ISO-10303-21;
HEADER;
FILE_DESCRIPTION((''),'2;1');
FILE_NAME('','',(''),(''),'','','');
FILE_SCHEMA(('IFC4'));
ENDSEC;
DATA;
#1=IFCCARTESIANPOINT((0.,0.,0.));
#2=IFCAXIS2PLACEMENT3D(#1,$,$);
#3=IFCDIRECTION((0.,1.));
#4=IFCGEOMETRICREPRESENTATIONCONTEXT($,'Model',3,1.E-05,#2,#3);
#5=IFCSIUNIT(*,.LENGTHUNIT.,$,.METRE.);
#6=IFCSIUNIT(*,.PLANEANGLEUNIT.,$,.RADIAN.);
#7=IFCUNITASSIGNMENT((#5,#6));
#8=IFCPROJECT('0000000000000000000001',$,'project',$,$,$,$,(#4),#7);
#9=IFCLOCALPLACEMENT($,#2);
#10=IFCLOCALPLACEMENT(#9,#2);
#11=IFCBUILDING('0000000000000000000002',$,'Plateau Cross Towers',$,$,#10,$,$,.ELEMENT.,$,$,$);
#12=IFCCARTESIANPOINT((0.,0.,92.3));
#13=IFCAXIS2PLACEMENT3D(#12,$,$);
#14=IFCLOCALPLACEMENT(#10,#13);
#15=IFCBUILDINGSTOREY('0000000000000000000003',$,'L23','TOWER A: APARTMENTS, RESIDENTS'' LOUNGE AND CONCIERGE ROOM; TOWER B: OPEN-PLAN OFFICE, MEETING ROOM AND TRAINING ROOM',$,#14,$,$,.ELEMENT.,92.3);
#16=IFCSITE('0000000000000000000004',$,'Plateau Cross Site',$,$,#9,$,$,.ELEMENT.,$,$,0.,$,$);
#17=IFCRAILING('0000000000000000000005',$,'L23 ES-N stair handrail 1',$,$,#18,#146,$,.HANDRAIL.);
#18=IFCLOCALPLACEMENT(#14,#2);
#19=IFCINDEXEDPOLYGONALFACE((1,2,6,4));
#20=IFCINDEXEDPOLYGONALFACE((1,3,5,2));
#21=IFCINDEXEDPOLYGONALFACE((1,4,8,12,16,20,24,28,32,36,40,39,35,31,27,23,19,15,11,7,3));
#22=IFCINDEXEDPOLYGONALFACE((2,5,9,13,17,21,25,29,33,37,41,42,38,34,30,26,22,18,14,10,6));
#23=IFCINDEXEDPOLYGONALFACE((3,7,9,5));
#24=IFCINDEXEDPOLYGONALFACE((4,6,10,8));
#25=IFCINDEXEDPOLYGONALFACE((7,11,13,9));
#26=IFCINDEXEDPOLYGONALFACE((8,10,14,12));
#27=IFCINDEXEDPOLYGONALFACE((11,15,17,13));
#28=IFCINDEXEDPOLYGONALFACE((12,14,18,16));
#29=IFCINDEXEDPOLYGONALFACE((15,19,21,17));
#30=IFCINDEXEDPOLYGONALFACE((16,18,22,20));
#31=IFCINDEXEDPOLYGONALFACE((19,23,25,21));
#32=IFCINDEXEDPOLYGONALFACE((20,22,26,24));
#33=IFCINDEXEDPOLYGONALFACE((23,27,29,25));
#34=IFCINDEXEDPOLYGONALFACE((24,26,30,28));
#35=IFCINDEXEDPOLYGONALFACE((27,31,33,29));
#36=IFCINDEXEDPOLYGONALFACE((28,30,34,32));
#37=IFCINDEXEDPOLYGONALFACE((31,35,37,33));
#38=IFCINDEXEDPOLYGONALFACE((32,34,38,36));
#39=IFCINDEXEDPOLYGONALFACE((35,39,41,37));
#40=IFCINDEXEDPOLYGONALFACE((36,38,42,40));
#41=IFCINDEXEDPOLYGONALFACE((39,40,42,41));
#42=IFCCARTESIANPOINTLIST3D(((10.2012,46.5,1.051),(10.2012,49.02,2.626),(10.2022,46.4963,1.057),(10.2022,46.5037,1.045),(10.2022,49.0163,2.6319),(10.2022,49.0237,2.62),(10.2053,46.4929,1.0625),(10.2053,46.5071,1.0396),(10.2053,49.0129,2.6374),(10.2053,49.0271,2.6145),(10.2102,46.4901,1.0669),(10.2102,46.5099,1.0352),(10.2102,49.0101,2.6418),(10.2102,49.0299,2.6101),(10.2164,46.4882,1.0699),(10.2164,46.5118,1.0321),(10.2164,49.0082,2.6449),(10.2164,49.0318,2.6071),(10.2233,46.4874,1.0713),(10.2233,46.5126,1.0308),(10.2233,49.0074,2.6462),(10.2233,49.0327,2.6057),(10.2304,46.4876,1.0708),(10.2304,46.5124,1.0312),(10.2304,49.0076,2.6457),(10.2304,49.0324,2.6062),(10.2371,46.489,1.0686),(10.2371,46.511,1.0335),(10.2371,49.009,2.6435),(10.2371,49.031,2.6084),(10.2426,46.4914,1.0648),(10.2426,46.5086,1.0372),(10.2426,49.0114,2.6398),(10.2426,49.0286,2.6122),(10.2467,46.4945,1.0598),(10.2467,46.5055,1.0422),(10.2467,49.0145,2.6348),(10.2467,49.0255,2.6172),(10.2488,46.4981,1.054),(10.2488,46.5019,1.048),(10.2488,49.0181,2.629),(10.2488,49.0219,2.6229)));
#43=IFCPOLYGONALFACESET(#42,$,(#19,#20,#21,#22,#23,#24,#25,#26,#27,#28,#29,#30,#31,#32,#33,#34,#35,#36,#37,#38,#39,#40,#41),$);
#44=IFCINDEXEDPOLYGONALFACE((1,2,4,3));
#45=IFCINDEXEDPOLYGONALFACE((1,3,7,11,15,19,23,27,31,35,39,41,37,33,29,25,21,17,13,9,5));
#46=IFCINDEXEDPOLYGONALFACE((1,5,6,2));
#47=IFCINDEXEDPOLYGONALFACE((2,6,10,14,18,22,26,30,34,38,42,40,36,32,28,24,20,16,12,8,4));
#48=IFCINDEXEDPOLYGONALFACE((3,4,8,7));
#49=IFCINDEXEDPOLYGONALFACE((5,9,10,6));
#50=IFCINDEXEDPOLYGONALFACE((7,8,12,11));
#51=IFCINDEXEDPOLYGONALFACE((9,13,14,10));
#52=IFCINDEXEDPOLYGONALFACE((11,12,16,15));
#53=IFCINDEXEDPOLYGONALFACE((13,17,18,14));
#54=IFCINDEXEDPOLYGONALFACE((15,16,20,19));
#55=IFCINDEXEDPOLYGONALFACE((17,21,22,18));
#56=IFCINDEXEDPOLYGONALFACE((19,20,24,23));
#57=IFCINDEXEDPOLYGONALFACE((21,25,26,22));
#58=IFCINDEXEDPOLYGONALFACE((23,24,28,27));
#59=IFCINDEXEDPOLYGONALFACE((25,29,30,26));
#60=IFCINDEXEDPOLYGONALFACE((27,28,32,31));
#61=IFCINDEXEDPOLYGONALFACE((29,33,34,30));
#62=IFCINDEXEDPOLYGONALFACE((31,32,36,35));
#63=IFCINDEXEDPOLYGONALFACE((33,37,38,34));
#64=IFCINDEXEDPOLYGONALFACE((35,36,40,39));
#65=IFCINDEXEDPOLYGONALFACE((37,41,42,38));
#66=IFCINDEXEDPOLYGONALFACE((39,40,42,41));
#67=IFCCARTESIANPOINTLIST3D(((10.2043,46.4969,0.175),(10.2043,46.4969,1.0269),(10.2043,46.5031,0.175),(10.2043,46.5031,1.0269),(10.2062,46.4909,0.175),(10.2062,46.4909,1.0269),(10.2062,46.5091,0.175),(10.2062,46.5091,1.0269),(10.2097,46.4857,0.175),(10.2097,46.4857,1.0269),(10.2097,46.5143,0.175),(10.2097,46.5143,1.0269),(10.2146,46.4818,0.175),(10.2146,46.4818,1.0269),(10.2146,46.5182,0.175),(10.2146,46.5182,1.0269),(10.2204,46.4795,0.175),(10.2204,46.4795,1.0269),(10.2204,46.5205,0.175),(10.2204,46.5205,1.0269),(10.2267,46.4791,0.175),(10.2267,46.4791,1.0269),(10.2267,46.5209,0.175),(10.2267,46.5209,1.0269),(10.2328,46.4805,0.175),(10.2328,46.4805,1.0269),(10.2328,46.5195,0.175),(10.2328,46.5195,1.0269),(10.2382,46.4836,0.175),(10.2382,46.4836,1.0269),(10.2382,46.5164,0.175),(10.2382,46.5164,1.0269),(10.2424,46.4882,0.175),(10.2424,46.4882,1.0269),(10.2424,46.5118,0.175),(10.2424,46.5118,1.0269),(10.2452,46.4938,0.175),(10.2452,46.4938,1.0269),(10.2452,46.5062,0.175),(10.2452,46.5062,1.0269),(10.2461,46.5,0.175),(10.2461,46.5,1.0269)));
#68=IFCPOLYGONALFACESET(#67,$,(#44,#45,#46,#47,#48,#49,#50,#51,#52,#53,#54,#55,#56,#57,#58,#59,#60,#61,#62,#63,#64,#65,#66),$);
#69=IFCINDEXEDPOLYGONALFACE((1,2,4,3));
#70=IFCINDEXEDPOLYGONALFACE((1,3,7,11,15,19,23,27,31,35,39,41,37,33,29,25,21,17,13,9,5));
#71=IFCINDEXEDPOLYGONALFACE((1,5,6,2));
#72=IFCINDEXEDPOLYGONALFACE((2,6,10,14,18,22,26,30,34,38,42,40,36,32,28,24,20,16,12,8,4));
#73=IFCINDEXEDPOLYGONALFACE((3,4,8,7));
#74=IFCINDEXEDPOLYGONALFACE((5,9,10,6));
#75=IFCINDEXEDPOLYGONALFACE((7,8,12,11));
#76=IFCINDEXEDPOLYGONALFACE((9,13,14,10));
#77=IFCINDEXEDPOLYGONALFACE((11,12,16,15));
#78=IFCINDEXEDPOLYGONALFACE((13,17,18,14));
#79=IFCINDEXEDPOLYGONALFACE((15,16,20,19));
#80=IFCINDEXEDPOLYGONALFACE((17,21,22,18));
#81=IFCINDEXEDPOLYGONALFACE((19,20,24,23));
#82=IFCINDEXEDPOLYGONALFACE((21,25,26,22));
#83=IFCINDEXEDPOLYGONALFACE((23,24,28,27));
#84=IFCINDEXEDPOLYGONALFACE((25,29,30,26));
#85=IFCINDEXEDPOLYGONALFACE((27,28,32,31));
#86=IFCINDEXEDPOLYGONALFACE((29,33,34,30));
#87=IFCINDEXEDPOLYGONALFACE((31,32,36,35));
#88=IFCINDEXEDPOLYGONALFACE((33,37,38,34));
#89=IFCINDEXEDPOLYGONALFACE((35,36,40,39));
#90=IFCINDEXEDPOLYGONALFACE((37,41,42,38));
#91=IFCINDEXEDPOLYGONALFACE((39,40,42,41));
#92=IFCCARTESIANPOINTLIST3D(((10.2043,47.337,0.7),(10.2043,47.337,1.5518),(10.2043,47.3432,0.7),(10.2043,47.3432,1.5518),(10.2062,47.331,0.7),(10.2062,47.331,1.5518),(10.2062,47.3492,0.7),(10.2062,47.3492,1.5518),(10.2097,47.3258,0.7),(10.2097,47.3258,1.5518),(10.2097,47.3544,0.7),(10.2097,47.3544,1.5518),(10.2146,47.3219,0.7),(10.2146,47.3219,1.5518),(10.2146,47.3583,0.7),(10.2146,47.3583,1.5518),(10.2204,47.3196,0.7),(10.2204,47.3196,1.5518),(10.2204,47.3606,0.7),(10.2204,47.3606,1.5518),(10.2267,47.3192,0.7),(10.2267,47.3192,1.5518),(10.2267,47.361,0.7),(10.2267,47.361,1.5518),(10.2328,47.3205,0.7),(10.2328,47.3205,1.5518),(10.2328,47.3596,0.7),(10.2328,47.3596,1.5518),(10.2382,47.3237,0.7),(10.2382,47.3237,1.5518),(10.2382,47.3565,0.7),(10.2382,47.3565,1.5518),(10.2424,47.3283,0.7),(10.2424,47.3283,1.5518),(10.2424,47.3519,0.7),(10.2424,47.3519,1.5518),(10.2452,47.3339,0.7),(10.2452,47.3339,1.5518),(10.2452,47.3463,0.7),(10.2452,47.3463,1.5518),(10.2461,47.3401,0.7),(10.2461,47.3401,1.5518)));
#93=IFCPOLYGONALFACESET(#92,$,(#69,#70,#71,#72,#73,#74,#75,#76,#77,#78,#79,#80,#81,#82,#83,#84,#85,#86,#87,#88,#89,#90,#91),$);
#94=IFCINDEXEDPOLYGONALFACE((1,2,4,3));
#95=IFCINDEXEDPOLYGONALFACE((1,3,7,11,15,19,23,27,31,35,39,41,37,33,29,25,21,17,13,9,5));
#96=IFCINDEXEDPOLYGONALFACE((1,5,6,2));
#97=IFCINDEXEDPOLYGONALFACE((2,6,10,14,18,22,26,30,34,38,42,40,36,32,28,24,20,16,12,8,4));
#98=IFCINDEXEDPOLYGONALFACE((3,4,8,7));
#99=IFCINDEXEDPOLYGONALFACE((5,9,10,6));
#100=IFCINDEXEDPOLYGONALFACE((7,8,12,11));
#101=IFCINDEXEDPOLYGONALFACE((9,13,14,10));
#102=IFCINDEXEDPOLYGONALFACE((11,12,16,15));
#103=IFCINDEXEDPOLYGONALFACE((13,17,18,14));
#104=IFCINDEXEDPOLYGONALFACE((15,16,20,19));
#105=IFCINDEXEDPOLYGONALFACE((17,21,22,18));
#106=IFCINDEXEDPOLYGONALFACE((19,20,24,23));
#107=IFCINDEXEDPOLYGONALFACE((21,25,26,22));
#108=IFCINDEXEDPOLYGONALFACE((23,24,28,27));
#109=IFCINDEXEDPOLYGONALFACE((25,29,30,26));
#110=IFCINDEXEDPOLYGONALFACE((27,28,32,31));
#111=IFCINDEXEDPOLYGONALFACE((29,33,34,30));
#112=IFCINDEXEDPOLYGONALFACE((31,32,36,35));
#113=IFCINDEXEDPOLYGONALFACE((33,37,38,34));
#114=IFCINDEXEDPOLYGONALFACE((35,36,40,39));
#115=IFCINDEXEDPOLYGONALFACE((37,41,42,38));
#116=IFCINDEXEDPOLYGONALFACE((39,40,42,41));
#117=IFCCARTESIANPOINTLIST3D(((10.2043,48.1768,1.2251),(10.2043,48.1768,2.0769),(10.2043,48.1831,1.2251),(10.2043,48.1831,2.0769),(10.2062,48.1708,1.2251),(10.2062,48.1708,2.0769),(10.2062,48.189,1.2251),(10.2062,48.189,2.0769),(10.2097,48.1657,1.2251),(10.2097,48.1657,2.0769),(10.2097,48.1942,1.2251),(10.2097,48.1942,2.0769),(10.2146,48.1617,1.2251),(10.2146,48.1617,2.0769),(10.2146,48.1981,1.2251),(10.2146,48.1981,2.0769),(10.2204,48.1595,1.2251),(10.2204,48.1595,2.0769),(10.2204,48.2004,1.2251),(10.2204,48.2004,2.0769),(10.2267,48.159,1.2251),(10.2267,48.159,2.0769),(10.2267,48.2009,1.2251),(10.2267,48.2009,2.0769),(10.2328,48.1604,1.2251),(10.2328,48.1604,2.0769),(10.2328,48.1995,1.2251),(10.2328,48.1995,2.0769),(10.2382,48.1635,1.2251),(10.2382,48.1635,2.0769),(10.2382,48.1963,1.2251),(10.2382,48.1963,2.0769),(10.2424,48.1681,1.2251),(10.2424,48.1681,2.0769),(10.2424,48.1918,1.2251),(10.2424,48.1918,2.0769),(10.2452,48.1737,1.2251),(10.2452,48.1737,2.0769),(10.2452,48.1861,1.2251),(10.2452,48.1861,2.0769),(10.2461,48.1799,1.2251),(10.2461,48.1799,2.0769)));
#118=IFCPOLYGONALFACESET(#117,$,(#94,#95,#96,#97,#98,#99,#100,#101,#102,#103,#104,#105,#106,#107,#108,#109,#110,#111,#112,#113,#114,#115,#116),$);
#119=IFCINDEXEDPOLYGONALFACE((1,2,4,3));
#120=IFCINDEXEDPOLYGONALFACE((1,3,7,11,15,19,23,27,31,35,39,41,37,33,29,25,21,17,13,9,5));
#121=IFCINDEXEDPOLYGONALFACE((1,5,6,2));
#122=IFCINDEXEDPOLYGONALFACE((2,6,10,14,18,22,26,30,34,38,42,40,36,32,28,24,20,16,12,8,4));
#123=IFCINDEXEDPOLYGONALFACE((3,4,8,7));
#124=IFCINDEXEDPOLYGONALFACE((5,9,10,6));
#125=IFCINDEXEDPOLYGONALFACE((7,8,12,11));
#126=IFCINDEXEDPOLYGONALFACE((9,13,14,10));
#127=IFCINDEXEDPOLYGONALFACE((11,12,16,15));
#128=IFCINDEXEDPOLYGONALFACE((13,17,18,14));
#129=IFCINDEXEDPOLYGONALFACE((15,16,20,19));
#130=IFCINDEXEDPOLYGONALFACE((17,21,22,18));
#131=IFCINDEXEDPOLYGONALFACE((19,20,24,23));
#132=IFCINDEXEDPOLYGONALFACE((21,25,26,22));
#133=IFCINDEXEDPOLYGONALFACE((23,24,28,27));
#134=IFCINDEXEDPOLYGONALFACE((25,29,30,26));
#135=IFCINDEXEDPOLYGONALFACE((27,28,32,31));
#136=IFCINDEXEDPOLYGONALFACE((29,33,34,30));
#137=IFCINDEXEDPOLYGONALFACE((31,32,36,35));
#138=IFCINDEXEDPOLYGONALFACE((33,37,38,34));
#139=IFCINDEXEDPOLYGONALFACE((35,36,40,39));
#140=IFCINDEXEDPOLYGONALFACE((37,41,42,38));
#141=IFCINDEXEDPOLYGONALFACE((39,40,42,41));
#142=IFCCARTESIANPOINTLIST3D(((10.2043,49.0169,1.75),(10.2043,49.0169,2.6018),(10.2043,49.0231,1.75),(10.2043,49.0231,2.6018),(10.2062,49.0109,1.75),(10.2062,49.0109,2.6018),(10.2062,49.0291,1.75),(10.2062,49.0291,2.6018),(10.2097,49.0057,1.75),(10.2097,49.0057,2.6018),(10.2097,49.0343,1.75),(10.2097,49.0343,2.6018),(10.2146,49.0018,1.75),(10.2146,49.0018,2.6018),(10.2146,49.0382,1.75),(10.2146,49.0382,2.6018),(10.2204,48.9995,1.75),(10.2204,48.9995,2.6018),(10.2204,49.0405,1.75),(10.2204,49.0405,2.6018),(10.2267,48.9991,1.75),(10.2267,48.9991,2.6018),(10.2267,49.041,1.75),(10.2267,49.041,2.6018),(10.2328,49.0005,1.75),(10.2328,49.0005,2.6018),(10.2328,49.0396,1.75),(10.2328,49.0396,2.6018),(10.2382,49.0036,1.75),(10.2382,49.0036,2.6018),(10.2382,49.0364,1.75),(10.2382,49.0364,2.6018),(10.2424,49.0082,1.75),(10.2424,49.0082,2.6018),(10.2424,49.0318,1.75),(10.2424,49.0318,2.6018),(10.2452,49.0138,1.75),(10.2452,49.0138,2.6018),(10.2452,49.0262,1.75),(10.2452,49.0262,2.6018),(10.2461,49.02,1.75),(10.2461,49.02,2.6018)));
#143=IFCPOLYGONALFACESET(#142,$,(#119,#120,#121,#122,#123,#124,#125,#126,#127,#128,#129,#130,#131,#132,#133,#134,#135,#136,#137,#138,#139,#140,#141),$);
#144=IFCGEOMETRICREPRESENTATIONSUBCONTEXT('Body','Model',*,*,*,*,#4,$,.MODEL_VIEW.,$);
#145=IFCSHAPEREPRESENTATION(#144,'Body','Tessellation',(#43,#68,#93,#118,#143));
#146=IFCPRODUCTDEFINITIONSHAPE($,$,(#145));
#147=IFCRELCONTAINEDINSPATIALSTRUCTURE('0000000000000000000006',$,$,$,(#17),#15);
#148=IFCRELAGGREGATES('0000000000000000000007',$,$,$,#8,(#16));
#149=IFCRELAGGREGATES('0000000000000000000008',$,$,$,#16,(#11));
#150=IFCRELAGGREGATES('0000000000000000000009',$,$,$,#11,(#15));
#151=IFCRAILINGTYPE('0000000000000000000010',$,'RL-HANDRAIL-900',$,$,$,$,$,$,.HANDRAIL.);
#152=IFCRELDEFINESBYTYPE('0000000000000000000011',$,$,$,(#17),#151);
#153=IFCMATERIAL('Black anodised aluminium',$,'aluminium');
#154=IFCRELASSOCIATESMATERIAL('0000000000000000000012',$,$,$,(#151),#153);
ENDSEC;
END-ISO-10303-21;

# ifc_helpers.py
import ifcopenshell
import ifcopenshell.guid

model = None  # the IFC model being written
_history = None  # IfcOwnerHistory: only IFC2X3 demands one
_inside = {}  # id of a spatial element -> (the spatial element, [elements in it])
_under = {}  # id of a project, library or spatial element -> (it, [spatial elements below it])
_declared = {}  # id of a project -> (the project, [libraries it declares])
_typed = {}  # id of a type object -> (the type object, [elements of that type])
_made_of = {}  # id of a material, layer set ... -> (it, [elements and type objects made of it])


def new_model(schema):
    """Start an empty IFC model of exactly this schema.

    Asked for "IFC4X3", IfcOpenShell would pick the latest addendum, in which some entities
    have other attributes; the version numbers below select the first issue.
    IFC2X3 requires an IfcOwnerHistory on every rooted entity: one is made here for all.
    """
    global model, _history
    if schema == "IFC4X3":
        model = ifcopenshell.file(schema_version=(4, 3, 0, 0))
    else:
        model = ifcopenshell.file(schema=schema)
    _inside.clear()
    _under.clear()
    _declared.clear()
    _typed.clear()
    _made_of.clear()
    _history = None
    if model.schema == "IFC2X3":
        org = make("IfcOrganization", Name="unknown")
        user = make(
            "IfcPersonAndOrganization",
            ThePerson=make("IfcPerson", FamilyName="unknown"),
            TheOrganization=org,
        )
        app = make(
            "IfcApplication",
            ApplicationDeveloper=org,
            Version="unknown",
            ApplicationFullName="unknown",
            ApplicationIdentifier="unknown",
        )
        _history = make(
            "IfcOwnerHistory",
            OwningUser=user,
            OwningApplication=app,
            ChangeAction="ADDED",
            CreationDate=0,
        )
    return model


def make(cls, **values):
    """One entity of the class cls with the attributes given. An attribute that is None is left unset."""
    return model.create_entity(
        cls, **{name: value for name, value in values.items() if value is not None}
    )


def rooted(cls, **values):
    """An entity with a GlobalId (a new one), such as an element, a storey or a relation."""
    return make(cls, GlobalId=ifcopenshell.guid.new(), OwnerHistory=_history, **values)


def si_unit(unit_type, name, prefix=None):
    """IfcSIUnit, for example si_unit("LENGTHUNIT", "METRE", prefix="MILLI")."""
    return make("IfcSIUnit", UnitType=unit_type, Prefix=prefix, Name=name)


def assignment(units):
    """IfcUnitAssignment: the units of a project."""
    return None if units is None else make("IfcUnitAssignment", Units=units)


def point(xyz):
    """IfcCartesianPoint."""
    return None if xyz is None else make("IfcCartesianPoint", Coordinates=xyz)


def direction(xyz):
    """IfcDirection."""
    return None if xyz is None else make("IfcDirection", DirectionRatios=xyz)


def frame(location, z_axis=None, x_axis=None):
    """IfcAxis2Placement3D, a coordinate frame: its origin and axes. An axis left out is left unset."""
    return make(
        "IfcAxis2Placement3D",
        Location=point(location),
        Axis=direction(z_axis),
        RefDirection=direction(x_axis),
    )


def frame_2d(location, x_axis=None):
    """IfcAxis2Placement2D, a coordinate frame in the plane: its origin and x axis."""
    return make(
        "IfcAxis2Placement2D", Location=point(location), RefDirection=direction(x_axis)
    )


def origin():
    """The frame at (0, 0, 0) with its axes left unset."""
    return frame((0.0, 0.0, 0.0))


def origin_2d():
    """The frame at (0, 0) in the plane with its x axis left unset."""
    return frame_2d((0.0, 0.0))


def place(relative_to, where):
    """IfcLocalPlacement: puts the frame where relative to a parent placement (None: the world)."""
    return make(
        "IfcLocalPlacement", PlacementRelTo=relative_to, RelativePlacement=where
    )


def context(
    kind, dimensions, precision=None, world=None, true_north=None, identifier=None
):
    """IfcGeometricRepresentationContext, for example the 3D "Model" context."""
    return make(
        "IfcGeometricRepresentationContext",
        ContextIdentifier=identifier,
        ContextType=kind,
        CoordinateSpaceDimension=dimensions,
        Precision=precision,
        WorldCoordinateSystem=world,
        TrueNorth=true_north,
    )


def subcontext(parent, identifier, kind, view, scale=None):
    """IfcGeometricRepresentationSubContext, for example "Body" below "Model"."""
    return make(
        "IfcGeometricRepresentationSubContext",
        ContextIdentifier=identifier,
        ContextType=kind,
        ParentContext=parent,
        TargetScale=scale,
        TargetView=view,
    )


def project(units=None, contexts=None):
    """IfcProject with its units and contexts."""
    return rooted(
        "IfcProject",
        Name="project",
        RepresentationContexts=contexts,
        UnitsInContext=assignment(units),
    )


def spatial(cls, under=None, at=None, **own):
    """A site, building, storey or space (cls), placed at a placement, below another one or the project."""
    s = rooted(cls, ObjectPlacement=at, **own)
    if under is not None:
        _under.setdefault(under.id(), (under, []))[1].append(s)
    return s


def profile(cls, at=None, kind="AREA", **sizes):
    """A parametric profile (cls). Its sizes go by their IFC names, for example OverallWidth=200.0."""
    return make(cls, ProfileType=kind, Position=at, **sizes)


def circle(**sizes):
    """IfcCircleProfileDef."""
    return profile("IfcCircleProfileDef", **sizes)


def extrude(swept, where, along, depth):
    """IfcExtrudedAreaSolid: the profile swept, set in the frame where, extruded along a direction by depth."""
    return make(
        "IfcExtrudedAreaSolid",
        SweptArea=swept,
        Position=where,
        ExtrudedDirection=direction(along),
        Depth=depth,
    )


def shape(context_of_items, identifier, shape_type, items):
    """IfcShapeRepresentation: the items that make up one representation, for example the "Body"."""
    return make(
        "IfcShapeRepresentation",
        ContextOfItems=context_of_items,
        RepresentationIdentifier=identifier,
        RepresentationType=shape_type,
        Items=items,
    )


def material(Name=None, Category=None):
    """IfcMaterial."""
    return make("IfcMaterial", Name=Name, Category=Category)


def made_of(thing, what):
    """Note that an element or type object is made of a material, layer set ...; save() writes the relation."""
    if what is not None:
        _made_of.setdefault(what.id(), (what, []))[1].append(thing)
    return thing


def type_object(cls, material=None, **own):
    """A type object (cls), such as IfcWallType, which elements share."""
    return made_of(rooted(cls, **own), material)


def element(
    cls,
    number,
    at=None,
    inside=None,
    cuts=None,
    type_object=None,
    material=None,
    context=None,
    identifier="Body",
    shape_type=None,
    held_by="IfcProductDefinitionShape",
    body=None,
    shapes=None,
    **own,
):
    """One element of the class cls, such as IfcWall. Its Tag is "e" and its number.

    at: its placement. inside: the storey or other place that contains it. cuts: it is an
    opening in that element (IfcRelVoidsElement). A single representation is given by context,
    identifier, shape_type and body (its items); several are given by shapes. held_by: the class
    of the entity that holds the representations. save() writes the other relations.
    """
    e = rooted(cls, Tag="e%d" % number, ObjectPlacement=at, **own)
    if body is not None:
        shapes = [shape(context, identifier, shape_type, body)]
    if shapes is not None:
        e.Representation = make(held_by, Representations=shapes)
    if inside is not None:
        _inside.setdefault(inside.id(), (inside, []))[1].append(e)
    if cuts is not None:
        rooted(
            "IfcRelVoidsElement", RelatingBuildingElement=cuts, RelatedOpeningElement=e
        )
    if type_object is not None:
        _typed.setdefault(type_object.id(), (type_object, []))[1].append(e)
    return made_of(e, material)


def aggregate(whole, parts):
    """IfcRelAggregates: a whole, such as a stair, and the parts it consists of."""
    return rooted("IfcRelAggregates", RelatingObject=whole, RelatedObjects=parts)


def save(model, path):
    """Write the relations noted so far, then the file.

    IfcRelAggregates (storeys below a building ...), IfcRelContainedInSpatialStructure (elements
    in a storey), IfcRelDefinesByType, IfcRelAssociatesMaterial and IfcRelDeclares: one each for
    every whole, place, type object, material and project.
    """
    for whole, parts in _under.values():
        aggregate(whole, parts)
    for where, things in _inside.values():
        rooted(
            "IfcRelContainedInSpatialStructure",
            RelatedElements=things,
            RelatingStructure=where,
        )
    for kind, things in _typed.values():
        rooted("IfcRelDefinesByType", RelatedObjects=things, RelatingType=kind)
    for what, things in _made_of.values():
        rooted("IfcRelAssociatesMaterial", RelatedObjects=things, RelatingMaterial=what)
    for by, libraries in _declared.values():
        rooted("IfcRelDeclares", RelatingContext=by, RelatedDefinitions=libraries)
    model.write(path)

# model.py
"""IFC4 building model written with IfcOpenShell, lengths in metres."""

from ifc_helpers import new_model, si_unit, direction, frame, origin, origin_2d, place, context, subcontext, project, spatial, circle, extrude, material, type_object, element, save


model = new_model("IFC4")

# Units and contexts
model_context = context("Model", 3, precision=1e-05, world=origin(), true_north=direction((0.0, 1.0)))
body_context = subcontext(model_context, "Body", "Model", "MODEL_VIEW")
ifc_project = project(units=[si_unit("LENGTHUNIT", "METRE"), si_unit("PLANEANGLEUNIT", "RADIAN")], contexts=[model_context])

# Site, building, storey
site_placement = place(None, origin())
site = spatial("IfcSite", under=ifc_project, at=site_placement, Name="Plateau Cross Site", CompositionType="ELEMENT", RefElevation=0.0)
building_placement = place(site_placement, origin())
building = spatial("IfcBuilding", under=site, at=building_placement, Name="Plateau Cross Towers", CompositionType="ELEMENT")
storey_placement = place(building_placement, frame((0.0, 0.0, 92.3)))
storey = spatial("IfcBuildingStorey", under=building, at=storey_placement, Name="L23", Description="TOWER A: APARTMENTS, RESIDENTS' LOUNGE AND CONCIERGE ROOM; TOWER B: OPEN-PLAN OFFICE, MEETING ROOM AND TRAINING ROOM", CompositionType="ELEMENT", Elevation=92.3)

# Shared definitions
ifc_material_1 = material(Name="Black anodised aluminium", Category="aluminium")

# Railing
railing_type_1 = type_object("IfcRailingType", Name="RL-HANDRAIL-900", PredefinedType="HANDRAIL", material=ifc_material_1)
railing_1_placement = place(storey_placement, frame((10.2251, 46.5, 0.175)))
element("IfcRailing", 1, at=railing_1_placement, inside=storey, type_object=railing_type_1, Name="L23 ES-N stair handrail 1", PredefinedType="HANDRAIL", context=body_context, shape_type="SweptSolid", body=[
    extrude(circle(Radius=0.0239, at=origin_2d()), frame((0.0, 0.0, 0.876), z_axis=(0.0, 0.848008, 0.529984), x_axis=(-1.0, 0.0, 0.0)), (0.0, 0.0, 1.0), 2.9717),
    extrude(circle(Radius=0.021, at=origin_2d()), origin(), (0.0, 0.0, 1.0), 0.8518),
    extrude(circle(Radius=0.021, at=origin_2d()), frame((0.0, 0.8401, 0.5249)), (0.0, 0.0, 1.0), 0.8518),
    extrude(circle(Radius=0.021, at=origin_2d()), frame((0.0, 1.6799, 1.05)), (0.0, 0.0, 1.0), 0.8518),
    extrude(circle(Radius=0.021, at=origin_2d()), frame((0.0, 2.52, 1.575)), (0.0, 0.0, 1.0), 0.8518),
])

save(model, "model.ifc")
